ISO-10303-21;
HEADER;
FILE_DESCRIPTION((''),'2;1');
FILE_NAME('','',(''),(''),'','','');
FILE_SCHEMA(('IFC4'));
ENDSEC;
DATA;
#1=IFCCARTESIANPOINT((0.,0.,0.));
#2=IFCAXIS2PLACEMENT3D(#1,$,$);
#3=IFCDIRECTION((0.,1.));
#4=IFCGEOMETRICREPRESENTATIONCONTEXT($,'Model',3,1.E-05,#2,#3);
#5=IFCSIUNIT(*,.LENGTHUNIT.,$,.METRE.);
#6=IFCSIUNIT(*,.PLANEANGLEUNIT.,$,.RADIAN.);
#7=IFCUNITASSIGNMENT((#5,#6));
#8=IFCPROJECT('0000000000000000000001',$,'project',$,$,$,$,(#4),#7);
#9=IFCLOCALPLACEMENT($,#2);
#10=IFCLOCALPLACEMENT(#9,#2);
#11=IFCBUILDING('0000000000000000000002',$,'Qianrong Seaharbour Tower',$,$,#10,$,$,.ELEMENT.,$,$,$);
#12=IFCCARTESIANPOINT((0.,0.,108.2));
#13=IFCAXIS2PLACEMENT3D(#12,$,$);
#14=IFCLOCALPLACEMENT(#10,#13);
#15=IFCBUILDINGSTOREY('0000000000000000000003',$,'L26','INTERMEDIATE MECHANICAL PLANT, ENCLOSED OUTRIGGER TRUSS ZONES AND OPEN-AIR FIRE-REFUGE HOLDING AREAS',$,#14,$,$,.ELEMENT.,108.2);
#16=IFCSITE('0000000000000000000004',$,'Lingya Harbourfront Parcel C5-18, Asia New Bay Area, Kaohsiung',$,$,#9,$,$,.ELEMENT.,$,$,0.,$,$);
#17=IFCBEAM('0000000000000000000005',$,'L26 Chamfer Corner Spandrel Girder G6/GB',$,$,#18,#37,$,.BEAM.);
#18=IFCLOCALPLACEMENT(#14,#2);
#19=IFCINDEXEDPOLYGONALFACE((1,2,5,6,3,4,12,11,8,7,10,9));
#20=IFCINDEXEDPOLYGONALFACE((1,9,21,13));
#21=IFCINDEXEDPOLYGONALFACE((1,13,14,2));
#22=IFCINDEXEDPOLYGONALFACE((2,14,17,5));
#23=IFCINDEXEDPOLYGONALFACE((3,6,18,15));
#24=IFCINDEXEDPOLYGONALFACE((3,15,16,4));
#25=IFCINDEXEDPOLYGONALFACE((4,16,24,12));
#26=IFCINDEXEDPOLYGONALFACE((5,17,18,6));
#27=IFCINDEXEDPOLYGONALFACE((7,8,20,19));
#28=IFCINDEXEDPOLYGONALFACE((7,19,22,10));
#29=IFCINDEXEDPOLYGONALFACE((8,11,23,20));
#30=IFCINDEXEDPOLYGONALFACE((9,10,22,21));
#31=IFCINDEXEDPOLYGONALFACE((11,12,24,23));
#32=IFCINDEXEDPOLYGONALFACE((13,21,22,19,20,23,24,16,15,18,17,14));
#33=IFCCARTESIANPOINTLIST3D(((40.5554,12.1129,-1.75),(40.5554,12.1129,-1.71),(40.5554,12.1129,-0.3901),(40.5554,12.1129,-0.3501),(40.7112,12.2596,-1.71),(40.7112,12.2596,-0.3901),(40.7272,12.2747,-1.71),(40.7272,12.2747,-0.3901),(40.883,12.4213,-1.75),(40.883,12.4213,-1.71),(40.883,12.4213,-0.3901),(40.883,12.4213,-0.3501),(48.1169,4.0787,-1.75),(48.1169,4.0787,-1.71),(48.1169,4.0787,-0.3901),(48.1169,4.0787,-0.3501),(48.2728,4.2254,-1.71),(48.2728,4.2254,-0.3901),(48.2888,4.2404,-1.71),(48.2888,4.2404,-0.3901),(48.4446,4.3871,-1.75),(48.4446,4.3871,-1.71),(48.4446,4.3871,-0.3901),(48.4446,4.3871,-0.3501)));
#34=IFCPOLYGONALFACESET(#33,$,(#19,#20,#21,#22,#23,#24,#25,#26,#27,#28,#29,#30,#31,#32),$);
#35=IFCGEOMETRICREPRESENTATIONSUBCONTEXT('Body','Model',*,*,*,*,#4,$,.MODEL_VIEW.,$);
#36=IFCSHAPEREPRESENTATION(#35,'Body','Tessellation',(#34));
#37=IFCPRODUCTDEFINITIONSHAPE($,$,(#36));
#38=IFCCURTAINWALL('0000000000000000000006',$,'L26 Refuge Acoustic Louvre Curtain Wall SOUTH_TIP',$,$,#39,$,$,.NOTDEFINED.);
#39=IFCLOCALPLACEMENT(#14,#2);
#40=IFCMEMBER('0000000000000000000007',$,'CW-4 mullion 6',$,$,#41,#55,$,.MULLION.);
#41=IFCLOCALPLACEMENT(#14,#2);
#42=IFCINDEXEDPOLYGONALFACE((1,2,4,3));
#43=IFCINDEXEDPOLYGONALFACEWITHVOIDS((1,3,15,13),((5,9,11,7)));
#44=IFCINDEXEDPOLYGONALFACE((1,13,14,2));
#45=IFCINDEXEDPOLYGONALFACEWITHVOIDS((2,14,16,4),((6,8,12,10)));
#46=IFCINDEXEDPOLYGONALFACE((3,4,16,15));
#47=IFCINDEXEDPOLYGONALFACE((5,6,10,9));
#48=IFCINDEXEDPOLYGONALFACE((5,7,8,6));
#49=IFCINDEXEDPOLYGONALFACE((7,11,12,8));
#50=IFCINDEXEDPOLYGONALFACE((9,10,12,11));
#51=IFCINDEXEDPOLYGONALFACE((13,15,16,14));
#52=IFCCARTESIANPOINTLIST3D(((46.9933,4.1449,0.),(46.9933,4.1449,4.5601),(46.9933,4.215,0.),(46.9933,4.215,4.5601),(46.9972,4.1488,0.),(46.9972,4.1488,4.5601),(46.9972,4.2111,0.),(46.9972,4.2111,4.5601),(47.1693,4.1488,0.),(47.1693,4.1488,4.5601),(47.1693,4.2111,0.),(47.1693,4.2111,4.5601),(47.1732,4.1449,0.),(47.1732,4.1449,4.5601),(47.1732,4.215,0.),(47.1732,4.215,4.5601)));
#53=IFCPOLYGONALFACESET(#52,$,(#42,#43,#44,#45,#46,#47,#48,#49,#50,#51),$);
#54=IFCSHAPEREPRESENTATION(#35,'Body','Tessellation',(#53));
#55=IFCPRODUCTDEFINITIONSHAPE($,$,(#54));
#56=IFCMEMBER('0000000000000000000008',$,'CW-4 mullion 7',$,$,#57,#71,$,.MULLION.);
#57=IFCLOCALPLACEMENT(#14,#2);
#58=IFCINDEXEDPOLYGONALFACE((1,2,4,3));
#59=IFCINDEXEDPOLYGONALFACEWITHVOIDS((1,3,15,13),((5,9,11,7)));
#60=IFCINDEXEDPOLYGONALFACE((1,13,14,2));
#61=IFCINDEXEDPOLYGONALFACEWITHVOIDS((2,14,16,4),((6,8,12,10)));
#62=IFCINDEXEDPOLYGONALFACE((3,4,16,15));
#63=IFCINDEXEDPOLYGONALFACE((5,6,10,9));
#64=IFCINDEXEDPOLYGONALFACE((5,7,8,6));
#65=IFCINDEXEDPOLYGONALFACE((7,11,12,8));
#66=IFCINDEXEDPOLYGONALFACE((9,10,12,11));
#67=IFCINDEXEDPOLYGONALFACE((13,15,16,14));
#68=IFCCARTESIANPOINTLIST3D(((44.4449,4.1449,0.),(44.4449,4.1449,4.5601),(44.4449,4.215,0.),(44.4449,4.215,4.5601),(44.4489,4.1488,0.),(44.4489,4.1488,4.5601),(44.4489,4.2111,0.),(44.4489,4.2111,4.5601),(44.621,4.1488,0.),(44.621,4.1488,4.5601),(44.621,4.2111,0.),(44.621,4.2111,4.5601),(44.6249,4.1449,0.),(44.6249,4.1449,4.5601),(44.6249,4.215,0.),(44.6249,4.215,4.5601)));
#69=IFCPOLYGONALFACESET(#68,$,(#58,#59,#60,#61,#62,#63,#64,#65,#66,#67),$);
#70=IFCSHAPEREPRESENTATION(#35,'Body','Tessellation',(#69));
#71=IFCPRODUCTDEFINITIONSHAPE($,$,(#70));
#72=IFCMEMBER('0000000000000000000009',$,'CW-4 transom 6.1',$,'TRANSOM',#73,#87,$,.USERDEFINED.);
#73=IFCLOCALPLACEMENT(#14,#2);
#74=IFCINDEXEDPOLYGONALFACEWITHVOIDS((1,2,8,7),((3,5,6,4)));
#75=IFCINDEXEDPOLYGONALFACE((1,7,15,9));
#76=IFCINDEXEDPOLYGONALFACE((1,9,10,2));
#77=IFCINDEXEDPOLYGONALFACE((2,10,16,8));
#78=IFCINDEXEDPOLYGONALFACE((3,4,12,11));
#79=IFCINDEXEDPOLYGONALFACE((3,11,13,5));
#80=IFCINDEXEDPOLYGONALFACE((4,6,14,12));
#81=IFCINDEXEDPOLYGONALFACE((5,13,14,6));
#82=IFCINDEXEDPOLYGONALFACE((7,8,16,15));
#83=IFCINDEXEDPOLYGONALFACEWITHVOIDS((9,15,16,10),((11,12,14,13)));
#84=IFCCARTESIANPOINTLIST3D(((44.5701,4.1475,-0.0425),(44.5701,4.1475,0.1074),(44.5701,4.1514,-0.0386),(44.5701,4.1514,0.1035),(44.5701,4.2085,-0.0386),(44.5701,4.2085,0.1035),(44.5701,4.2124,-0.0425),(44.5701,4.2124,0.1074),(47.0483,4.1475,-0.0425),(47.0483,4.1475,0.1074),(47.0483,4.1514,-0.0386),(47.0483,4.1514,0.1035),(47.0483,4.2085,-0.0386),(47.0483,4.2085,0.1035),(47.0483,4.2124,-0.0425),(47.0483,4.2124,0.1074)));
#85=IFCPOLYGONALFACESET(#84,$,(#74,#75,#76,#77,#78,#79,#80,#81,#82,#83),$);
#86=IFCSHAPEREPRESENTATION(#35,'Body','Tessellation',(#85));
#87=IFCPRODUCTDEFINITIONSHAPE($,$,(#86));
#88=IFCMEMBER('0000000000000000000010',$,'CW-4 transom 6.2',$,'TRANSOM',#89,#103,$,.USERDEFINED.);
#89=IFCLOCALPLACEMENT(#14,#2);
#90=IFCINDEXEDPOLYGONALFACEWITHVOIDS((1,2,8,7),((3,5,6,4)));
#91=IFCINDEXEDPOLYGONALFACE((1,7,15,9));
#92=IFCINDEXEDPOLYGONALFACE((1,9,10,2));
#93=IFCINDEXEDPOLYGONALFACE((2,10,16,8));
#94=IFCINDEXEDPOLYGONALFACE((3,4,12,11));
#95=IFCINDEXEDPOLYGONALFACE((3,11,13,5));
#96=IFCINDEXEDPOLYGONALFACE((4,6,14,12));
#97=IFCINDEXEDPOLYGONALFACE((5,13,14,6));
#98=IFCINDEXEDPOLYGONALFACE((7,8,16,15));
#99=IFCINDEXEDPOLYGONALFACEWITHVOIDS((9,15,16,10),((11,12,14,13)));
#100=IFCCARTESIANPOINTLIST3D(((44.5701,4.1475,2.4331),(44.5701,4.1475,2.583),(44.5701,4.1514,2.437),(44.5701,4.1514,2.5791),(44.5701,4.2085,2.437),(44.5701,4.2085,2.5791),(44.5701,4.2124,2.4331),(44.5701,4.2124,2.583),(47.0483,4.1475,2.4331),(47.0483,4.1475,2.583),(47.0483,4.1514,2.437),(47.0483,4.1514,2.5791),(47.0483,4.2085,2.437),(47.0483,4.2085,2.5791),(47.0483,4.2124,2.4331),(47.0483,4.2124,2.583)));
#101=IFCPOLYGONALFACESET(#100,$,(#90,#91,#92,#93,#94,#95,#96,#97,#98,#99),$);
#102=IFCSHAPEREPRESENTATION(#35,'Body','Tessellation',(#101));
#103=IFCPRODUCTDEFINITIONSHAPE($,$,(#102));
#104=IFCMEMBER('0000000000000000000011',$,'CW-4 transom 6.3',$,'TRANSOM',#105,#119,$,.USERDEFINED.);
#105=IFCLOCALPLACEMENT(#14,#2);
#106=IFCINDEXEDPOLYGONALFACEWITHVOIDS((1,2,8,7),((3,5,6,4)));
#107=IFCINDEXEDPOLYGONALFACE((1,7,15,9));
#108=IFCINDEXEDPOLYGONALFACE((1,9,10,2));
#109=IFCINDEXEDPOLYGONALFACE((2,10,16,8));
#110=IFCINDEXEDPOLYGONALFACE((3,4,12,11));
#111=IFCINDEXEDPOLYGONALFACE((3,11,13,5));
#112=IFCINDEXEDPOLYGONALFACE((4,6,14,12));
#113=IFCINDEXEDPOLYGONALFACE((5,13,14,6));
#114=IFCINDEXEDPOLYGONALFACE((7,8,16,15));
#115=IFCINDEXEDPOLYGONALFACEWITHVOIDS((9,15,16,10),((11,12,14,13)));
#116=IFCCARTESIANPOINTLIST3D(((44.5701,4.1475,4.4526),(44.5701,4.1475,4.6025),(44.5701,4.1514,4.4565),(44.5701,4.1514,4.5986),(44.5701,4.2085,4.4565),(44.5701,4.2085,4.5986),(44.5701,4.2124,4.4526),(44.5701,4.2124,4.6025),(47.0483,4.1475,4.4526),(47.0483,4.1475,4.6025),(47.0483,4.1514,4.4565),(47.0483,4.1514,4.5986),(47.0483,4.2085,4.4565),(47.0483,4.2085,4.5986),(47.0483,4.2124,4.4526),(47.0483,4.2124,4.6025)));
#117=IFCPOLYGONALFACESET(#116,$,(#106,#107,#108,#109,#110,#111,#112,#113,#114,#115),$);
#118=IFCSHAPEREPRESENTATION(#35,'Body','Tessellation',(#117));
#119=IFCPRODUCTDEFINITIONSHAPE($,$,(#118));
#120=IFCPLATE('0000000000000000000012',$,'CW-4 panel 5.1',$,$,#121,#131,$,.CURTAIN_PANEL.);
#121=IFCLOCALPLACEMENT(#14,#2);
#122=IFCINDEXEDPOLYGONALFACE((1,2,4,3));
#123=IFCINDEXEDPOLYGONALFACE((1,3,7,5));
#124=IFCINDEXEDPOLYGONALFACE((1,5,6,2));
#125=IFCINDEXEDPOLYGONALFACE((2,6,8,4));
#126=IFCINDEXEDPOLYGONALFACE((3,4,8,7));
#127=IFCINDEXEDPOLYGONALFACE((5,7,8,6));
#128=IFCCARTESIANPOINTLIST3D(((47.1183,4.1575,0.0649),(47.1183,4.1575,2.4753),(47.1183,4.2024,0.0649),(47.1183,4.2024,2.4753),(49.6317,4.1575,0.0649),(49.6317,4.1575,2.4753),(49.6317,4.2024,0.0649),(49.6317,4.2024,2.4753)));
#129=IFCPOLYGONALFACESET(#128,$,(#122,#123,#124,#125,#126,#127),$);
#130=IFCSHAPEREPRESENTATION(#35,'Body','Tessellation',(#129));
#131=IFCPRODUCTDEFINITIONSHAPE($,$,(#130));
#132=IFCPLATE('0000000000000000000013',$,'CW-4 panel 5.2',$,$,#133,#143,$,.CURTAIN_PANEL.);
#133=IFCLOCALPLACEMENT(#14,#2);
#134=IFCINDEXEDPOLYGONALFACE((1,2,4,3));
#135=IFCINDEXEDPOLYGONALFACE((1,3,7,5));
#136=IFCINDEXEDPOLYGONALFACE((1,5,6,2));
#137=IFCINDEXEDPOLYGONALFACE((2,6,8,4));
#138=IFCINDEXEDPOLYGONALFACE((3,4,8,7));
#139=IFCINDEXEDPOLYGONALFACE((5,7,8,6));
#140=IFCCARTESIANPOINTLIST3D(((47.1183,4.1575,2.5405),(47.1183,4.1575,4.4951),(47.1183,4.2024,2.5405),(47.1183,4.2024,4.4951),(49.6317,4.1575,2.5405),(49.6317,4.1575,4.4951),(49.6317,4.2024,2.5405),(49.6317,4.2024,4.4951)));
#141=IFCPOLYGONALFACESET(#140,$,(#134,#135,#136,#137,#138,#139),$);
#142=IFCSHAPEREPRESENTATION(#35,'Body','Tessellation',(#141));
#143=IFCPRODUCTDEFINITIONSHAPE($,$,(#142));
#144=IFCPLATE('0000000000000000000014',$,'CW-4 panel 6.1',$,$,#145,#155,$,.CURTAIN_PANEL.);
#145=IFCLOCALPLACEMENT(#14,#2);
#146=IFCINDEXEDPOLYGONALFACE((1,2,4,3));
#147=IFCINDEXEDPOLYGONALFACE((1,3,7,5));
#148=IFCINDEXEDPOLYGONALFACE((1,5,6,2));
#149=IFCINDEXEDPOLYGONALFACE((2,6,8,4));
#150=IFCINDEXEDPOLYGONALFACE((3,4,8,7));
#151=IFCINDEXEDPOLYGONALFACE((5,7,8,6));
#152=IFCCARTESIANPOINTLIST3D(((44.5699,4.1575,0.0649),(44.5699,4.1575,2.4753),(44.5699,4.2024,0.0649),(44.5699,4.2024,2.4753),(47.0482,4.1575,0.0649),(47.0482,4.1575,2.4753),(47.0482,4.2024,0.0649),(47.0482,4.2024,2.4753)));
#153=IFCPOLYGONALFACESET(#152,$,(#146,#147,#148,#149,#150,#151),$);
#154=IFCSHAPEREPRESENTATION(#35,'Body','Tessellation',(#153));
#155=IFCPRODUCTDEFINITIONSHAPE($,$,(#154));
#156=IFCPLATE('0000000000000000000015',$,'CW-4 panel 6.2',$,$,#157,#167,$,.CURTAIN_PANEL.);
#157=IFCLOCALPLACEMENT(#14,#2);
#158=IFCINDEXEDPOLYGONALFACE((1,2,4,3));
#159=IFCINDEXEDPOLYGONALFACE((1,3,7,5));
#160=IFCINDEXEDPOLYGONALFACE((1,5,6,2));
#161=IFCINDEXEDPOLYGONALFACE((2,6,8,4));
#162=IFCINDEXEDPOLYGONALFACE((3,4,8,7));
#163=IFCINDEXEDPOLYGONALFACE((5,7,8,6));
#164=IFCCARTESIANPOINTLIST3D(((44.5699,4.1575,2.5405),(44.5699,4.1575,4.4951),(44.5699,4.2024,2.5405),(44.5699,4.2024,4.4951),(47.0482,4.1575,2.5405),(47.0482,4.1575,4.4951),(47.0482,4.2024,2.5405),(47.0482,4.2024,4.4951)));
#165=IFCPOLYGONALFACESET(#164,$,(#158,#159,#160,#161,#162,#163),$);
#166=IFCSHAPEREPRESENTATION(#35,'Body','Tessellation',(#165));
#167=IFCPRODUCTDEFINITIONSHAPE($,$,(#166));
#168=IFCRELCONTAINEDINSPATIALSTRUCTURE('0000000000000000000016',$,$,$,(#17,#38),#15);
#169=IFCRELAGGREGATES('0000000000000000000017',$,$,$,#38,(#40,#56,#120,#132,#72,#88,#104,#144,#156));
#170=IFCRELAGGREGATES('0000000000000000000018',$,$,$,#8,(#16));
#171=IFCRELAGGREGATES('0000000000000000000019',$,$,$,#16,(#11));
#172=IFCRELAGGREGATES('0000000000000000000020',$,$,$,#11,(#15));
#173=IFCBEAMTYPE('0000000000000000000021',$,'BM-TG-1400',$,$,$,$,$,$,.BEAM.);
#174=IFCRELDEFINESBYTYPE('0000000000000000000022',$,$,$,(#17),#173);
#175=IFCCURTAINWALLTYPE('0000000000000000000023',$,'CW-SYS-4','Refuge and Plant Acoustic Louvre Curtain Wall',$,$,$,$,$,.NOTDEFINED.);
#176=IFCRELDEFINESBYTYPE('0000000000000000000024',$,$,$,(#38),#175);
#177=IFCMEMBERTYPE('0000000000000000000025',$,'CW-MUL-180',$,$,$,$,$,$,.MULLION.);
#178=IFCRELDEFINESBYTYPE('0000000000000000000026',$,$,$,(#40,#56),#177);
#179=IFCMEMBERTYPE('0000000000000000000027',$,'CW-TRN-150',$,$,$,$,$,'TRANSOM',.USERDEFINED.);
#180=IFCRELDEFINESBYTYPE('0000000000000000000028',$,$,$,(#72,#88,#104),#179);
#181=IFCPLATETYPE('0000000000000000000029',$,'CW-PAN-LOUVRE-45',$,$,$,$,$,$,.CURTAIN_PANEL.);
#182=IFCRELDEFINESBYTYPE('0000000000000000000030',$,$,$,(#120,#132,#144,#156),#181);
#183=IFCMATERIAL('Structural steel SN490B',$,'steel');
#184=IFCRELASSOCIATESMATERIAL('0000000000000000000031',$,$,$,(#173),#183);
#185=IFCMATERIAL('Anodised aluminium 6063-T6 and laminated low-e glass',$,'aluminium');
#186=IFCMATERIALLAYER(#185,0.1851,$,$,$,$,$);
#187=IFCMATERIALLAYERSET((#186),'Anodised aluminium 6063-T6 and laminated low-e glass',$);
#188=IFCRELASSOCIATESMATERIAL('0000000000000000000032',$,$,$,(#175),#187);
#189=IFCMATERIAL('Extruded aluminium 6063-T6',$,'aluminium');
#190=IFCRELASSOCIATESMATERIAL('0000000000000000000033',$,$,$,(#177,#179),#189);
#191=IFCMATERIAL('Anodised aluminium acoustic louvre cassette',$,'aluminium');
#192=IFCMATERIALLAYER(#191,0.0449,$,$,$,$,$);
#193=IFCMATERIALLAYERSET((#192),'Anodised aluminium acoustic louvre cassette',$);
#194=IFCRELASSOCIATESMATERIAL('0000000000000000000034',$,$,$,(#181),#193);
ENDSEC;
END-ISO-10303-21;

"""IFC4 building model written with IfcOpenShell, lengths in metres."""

from ifc_helpers import new_model, si_unit, direction, frame, origin, origin_2d, place, context, subcontext, project, spatial, rectangle, hollow_rectangle, i_section, extrude, material, layer, layer_set, material_profile, profile_set, type_object, element, aggregate, save


model = new_model("IFC4")

# Units and contexts
model_context = context("Model", 3, precision=1e-05, world=origin(), true_north=direction((0.0, 1.0)))
body_context = subcontext(model_context, "Body", "Model", "MODEL_VIEW")
ifc_project = project(units=[si_unit("LENGTHUNIT", "METRE"), si_unit("PLANEANGLEUNIT", "RADIAN")], contexts=[model_context])

# Site, building, storey
site_placement = place(None, origin())
site = spatial("IfcSite", under=ifc_project, at=site_placement, Name="Lingya Harbourfront Parcel C5-18, Asia New Bay Area, Kaohsiung", CompositionType="ELEMENT", RefElevation=0.0)
building_placement = place(site_placement, origin())
building = spatial("IfcBuilding", under=site, at=building_placement, Name="Qianrong Seaharbour Tower", CompositionType="ELEMENT")
storey_placement = place(building_placement, frame((0.0, 0.0, 108.2)))
storey = spatial("IfcBuildingStorey", under=building, at=storey_placement, Name="L26", Description="INTERMEDIATE MECHANICAL PLANT, ENCLOSED OUTRIGGER TRUSS ZONES AND OPEN-AIR FIRE-REFUGE HOLDING AREAS", CompositionType="ELEMENT", Elevation=108.2)

# Shared definitions
ifc_material_1 = material(Name="Structural steel SN490B", Category="steel")

# Beam
ifc_material_profile_1 = material_profile(ifc_material_1, i_section(OverallWidth=0.45, OverallDepth=1.3999, WebThickness=0.022, FlangeThickness=0.04, at=origin_2d()), Name="BH1400x450x22x40")
ifc_profile_set_1 = profile_set([ifc_material_profile_1], Name="Structural steel SN490B")
beam_type_1 = type_object("IfcBeamType", Name="BM-TG-1400", PredefinedType="BEAM", material=ifc_profile_set_1)
beam_1_placement = place(storey_placement, frame((48.2808, 4.2329, -1.05), z_axis=(-0.685362, 0.728203, 0.0), x_axis=(-0.728203, -0.685362, 0.0)))
element("IfcBeam", 1, at=beam_1_placement, inside=storey, type_object=beam_type_1, Name="L26 Chamfer Corner Spandrel Girder G6/GB", PredefinedType="BEAM", context=body_context, shape_type="SweptSolid", body=[
    extrude(i_section(OverallWidth=0.45, OverallDepth=1.3999, WebThickness=0.022, FlangeThickness=0.04, at=origin_2d()), origin(), (0.0, 0.0, 1.0), 11.033),
])

# Curtain wall, members, plates
ifc_material_2 = material(Name="Anodised aluminium 6063-T6 and laminated low-e glass", Category="aluminium")
ifc_layer_1 = layer(ifc_material_2, 0.1851)
ifc_layer_set_1 = layer_set([ifc_layer_1], Name="Anodised aluminium 6063-T6 and laminated low-e glass")
curtain_wall_type = type_object("IfcCurtainWallType", Name="CW-SYS-4", Description="Refuge and Plant Acoustic Louvre Curtain Wall", PredefinedType="NOTDEFINED", material=ifc_layer_set_1)
curtain_wall_placement = place(storey_placement, origin())
curtain_wall = element("IfcCurtainWall", 2, at=curtain_wall_placement, inside=storey, type_object=curtain_wall_type, Name="L26 Refuge Acoustic Louvre Curtain Wall SOUTH_TIP", PredefinedType="NOTDEFINED")
ifc_material_3 = material(Name="Extruded aluminium 6063-T6", Category="aluminium")
ifc_material_profile_2 = material_profile(ifc_material_3, hollow_rectangle(XDim=0.0701, YDim=0.1799, WallThickness=0.0039, at=origin_2d()), Name="ALU-MUL-180x70x4")
ifc_profile_set_2 = profile_set([ifc_material_profile_2], Name="Extruded aluminium 6063-T6")
member_type_1 = type_object("IfcMemberType", Name="CW-MUL-180", PredefinedType="MULLION", material=ifc_profile_set_2)
member_1_placement = place(storey_placement, frame((47.0833, 4.1799, 0.0), z_axis=(0.0, 0.0, 1.0), x_axis=(0.0, -1.0, 0.0)))
member_1 = element("IfcMember", 3, at=member_1_placement, type_object=member_type_1, Name="CW-4 mullion 6", PredefinedType="MULLION", context=body_context, shape_type="SweptSolid", body=[
    extrude(hollow_rectangle(XDim=0.0701, YDim=0.1799, WallThickness=0.0039, at=origin_2d()), origin(), (0.0, 0.0, 1.0), 4.5601),
])
member_2_placement = place(storey_placement, frame((44.5349, 4.1799, 0.0), z_axis=(0.0, 0.0, 1.0), x_axis=(0.0, -1.0, 0.0)))
member_2 = element("IfcMember", 4, at=member_2_placement, type_object=member_type_1, Name="CW-4 mullion 7", PredefinedType="MULLION", context=body_context, shape_type="SweptSolid", body=[
    extrude(hollow_rectangle(XDim=0.0701, YDim=0.1799, WallThickness=0.0039, at=origin_2d()), origin(), (0.0, 0.0, 1.0), 4.5601),
])
ifc_material_profile_3 = material_profile(ifc_material_3, hollow_rectangle(XDim=0.0649, YDim=0.1499, WallThickness=0.0039, at=origin_2d()), Name="ALU-TRN-150x65x4")
ifc_profile_set_3 = profile_set([ifc_material_profile_3], Name="Extruded aluminium 6063-T6")
member_type_2 = type_object("IfcMemberType", Name="CW-TRN-150", ElementType="TRANSOM", PredefinedType="USERDEFINED", material=ifc_profile_set_3)
member_3_placement = place(storey_placement, frame((47.0483, 4.1799, 0.0325), z_axis=(-1.0, 0.0, 0.0), x_axis=(0.0, -1.0, 0.0)))
member_3 = element("IfcMember", 5, at=member_3_placement, type_object=member_type_2, Name="CW-4 transom 6.1", ObjectType="TRANSOM", PredefinedType="USERDEFINED", context=body_context, shape_type="SweptSolid", body=[
    extrude(hollow_rectangle(XDim=0.0649, YDim=0.1499, WallThickness=0.0039, at=origin_2d()), origin(), (0.0, 0.0, 1.0), 2.4783),
])
member_4_placement = place(storey_placement, frame((47.0483, 4.1799, 2.5081), z_axis=(-1.0, 0.0, 0.0), x_axis=(0.0, -1.0, 0.0)))
member_4 = element("IfcMember", 6, at=member_4_placement, type_object=member_type_2, Name="CW-4 transom 6.2", ObjectType="TRANSOM", PredefinedType="USERDEFINED", context=body_context, shape_type="SweptSolid", body=[
    extrude(hollow_rectangle(XDim=0.0649, YDim=0.1499, WallThickness=0.0039, at=origin_2d()), origin(), (0.0, 0.0, 1.0), 2.4783),
])
member_5_placement = place(storey_placement, frame((47.0483, 4.1799, 4.5276), z_axis=(-1.0, 0.0, 0.0), x_axis=(0.0, -1.0, 0.0)))
member_5 = element("IfcMember", 7, at=member_5_placement, type_object=member_type_2, Name="CW-4 transom 6.3", ObjectType="TRANSOM", PredefinedType="USERDEFINED", context=body_context, shape_type="SweptSolid", body=[
    extrude(hollow_rectangle(XDim=0.0649, YDim=0.1499, WallThickness=0.0039, at=origin_2d()), origin(), (0.0, 0.0, 1.0), 2.4783),
])
ifc_material_4 = material(Name="Anodised aluminium acoustic louvre cassette", Category="aluminium")
ifc_layer_2 = layer(ifc_material_4, 0.0449)
ifc_layer_set_2 = layer_set([ifc_layer_2], Name="Anodised aluminium acoustic louvre cassette")
plate_type = type_object("IfcPlateType", Name="CW-PAN-LOUVRE-45", PredefinedType="CURTAIN_PANEL", material=ifc_layer_set_2)
plate_1_placement = place(storey_placement, frame((48.375, 4.1799, 0.0649), z_axis=(0.0, 0.0, 1.0), x_axis=(-1.0, 0.0, 0.0)))
plate_1 = element("IfcPlate", 8, at=plate_1_placement, type_object=plate_type, Name="CW-4 panel 5.1", PredefinedType="CURTAIN_PANEL", context=body_context, shape_type="SweptSolid", body=[
    extrude(rectangle(XDim=2.5134, YDim=0.0449, at=origin_2d()), origin(), (0.0, 0.0, 1.0), 2.4104),
])
plate_2_placement = place(storey_placement, frame((48.375, 4.1799, 2.5405), z_axis=(0.0, 0.0, 1.0), x_axis=(-1.0, 0.0, 0.0)))
plate_2 = element("IfcPlate", 9, at=plate_2_placement, type_object=plate_type, Name="CW-4 panel 5.2", PredefinedType="CURTAIN_PANEL", context=body_context, shape_type="SweptSolid", body=[
    extrude(rectangle(XDim=2.5134, YDim=0.0449, at=origin_2d()), origin(), (0.0, 0.0, 1.0), 1.9546),
])
plate_3_placement = place(storey_placement, frame((45.8091, 4.1799, 0.0649), z_axis=(0.0, 0.0, 1.0), x_axis=(-1.0, 0.0, 0.0)))
plate_3 = element("IfcPlate", 10, at=plate_3_placement, type_object=plate_type, Name="CW-4 panel 6.1", PredefinedType="CURTAIN_PANEL", context=body_context, shape_type="SweptSolid", body=[
    extrude(rectangle(XDim=2.4783, YDim=0.0449, at=origin_2d()), origin(), (0.0, 0.0, 1.0), 2.4104),
])
plate_4_placement = place(storey_placement, frame((45.8091, 4.1799, 2.5405), z_axis=(0.0, 0.0, 1.0), x_axis=(-1.0, 0.0, 0.0)))
plate_4 = element("IfcPlate", 11, at=plate_4_placement, type_object=plate_type, Name="CW-4 panel 6.2", PredefinedType="CURTAIN_PANEL", context=body_context, shape_type="SweptSolid", body=[
    extrude(rectangle(XDim=2.4783, YDim=0.0449, at=origin_2d()), origin(), (0.0, 0.0, 1.0), 1.9546),
])
aggregate(curtain_wall, [member_1, member_2, plate_1, plate_2, member_3, member_4, member_5, plate_3, plate_4])

save(model, "model.ifc")
